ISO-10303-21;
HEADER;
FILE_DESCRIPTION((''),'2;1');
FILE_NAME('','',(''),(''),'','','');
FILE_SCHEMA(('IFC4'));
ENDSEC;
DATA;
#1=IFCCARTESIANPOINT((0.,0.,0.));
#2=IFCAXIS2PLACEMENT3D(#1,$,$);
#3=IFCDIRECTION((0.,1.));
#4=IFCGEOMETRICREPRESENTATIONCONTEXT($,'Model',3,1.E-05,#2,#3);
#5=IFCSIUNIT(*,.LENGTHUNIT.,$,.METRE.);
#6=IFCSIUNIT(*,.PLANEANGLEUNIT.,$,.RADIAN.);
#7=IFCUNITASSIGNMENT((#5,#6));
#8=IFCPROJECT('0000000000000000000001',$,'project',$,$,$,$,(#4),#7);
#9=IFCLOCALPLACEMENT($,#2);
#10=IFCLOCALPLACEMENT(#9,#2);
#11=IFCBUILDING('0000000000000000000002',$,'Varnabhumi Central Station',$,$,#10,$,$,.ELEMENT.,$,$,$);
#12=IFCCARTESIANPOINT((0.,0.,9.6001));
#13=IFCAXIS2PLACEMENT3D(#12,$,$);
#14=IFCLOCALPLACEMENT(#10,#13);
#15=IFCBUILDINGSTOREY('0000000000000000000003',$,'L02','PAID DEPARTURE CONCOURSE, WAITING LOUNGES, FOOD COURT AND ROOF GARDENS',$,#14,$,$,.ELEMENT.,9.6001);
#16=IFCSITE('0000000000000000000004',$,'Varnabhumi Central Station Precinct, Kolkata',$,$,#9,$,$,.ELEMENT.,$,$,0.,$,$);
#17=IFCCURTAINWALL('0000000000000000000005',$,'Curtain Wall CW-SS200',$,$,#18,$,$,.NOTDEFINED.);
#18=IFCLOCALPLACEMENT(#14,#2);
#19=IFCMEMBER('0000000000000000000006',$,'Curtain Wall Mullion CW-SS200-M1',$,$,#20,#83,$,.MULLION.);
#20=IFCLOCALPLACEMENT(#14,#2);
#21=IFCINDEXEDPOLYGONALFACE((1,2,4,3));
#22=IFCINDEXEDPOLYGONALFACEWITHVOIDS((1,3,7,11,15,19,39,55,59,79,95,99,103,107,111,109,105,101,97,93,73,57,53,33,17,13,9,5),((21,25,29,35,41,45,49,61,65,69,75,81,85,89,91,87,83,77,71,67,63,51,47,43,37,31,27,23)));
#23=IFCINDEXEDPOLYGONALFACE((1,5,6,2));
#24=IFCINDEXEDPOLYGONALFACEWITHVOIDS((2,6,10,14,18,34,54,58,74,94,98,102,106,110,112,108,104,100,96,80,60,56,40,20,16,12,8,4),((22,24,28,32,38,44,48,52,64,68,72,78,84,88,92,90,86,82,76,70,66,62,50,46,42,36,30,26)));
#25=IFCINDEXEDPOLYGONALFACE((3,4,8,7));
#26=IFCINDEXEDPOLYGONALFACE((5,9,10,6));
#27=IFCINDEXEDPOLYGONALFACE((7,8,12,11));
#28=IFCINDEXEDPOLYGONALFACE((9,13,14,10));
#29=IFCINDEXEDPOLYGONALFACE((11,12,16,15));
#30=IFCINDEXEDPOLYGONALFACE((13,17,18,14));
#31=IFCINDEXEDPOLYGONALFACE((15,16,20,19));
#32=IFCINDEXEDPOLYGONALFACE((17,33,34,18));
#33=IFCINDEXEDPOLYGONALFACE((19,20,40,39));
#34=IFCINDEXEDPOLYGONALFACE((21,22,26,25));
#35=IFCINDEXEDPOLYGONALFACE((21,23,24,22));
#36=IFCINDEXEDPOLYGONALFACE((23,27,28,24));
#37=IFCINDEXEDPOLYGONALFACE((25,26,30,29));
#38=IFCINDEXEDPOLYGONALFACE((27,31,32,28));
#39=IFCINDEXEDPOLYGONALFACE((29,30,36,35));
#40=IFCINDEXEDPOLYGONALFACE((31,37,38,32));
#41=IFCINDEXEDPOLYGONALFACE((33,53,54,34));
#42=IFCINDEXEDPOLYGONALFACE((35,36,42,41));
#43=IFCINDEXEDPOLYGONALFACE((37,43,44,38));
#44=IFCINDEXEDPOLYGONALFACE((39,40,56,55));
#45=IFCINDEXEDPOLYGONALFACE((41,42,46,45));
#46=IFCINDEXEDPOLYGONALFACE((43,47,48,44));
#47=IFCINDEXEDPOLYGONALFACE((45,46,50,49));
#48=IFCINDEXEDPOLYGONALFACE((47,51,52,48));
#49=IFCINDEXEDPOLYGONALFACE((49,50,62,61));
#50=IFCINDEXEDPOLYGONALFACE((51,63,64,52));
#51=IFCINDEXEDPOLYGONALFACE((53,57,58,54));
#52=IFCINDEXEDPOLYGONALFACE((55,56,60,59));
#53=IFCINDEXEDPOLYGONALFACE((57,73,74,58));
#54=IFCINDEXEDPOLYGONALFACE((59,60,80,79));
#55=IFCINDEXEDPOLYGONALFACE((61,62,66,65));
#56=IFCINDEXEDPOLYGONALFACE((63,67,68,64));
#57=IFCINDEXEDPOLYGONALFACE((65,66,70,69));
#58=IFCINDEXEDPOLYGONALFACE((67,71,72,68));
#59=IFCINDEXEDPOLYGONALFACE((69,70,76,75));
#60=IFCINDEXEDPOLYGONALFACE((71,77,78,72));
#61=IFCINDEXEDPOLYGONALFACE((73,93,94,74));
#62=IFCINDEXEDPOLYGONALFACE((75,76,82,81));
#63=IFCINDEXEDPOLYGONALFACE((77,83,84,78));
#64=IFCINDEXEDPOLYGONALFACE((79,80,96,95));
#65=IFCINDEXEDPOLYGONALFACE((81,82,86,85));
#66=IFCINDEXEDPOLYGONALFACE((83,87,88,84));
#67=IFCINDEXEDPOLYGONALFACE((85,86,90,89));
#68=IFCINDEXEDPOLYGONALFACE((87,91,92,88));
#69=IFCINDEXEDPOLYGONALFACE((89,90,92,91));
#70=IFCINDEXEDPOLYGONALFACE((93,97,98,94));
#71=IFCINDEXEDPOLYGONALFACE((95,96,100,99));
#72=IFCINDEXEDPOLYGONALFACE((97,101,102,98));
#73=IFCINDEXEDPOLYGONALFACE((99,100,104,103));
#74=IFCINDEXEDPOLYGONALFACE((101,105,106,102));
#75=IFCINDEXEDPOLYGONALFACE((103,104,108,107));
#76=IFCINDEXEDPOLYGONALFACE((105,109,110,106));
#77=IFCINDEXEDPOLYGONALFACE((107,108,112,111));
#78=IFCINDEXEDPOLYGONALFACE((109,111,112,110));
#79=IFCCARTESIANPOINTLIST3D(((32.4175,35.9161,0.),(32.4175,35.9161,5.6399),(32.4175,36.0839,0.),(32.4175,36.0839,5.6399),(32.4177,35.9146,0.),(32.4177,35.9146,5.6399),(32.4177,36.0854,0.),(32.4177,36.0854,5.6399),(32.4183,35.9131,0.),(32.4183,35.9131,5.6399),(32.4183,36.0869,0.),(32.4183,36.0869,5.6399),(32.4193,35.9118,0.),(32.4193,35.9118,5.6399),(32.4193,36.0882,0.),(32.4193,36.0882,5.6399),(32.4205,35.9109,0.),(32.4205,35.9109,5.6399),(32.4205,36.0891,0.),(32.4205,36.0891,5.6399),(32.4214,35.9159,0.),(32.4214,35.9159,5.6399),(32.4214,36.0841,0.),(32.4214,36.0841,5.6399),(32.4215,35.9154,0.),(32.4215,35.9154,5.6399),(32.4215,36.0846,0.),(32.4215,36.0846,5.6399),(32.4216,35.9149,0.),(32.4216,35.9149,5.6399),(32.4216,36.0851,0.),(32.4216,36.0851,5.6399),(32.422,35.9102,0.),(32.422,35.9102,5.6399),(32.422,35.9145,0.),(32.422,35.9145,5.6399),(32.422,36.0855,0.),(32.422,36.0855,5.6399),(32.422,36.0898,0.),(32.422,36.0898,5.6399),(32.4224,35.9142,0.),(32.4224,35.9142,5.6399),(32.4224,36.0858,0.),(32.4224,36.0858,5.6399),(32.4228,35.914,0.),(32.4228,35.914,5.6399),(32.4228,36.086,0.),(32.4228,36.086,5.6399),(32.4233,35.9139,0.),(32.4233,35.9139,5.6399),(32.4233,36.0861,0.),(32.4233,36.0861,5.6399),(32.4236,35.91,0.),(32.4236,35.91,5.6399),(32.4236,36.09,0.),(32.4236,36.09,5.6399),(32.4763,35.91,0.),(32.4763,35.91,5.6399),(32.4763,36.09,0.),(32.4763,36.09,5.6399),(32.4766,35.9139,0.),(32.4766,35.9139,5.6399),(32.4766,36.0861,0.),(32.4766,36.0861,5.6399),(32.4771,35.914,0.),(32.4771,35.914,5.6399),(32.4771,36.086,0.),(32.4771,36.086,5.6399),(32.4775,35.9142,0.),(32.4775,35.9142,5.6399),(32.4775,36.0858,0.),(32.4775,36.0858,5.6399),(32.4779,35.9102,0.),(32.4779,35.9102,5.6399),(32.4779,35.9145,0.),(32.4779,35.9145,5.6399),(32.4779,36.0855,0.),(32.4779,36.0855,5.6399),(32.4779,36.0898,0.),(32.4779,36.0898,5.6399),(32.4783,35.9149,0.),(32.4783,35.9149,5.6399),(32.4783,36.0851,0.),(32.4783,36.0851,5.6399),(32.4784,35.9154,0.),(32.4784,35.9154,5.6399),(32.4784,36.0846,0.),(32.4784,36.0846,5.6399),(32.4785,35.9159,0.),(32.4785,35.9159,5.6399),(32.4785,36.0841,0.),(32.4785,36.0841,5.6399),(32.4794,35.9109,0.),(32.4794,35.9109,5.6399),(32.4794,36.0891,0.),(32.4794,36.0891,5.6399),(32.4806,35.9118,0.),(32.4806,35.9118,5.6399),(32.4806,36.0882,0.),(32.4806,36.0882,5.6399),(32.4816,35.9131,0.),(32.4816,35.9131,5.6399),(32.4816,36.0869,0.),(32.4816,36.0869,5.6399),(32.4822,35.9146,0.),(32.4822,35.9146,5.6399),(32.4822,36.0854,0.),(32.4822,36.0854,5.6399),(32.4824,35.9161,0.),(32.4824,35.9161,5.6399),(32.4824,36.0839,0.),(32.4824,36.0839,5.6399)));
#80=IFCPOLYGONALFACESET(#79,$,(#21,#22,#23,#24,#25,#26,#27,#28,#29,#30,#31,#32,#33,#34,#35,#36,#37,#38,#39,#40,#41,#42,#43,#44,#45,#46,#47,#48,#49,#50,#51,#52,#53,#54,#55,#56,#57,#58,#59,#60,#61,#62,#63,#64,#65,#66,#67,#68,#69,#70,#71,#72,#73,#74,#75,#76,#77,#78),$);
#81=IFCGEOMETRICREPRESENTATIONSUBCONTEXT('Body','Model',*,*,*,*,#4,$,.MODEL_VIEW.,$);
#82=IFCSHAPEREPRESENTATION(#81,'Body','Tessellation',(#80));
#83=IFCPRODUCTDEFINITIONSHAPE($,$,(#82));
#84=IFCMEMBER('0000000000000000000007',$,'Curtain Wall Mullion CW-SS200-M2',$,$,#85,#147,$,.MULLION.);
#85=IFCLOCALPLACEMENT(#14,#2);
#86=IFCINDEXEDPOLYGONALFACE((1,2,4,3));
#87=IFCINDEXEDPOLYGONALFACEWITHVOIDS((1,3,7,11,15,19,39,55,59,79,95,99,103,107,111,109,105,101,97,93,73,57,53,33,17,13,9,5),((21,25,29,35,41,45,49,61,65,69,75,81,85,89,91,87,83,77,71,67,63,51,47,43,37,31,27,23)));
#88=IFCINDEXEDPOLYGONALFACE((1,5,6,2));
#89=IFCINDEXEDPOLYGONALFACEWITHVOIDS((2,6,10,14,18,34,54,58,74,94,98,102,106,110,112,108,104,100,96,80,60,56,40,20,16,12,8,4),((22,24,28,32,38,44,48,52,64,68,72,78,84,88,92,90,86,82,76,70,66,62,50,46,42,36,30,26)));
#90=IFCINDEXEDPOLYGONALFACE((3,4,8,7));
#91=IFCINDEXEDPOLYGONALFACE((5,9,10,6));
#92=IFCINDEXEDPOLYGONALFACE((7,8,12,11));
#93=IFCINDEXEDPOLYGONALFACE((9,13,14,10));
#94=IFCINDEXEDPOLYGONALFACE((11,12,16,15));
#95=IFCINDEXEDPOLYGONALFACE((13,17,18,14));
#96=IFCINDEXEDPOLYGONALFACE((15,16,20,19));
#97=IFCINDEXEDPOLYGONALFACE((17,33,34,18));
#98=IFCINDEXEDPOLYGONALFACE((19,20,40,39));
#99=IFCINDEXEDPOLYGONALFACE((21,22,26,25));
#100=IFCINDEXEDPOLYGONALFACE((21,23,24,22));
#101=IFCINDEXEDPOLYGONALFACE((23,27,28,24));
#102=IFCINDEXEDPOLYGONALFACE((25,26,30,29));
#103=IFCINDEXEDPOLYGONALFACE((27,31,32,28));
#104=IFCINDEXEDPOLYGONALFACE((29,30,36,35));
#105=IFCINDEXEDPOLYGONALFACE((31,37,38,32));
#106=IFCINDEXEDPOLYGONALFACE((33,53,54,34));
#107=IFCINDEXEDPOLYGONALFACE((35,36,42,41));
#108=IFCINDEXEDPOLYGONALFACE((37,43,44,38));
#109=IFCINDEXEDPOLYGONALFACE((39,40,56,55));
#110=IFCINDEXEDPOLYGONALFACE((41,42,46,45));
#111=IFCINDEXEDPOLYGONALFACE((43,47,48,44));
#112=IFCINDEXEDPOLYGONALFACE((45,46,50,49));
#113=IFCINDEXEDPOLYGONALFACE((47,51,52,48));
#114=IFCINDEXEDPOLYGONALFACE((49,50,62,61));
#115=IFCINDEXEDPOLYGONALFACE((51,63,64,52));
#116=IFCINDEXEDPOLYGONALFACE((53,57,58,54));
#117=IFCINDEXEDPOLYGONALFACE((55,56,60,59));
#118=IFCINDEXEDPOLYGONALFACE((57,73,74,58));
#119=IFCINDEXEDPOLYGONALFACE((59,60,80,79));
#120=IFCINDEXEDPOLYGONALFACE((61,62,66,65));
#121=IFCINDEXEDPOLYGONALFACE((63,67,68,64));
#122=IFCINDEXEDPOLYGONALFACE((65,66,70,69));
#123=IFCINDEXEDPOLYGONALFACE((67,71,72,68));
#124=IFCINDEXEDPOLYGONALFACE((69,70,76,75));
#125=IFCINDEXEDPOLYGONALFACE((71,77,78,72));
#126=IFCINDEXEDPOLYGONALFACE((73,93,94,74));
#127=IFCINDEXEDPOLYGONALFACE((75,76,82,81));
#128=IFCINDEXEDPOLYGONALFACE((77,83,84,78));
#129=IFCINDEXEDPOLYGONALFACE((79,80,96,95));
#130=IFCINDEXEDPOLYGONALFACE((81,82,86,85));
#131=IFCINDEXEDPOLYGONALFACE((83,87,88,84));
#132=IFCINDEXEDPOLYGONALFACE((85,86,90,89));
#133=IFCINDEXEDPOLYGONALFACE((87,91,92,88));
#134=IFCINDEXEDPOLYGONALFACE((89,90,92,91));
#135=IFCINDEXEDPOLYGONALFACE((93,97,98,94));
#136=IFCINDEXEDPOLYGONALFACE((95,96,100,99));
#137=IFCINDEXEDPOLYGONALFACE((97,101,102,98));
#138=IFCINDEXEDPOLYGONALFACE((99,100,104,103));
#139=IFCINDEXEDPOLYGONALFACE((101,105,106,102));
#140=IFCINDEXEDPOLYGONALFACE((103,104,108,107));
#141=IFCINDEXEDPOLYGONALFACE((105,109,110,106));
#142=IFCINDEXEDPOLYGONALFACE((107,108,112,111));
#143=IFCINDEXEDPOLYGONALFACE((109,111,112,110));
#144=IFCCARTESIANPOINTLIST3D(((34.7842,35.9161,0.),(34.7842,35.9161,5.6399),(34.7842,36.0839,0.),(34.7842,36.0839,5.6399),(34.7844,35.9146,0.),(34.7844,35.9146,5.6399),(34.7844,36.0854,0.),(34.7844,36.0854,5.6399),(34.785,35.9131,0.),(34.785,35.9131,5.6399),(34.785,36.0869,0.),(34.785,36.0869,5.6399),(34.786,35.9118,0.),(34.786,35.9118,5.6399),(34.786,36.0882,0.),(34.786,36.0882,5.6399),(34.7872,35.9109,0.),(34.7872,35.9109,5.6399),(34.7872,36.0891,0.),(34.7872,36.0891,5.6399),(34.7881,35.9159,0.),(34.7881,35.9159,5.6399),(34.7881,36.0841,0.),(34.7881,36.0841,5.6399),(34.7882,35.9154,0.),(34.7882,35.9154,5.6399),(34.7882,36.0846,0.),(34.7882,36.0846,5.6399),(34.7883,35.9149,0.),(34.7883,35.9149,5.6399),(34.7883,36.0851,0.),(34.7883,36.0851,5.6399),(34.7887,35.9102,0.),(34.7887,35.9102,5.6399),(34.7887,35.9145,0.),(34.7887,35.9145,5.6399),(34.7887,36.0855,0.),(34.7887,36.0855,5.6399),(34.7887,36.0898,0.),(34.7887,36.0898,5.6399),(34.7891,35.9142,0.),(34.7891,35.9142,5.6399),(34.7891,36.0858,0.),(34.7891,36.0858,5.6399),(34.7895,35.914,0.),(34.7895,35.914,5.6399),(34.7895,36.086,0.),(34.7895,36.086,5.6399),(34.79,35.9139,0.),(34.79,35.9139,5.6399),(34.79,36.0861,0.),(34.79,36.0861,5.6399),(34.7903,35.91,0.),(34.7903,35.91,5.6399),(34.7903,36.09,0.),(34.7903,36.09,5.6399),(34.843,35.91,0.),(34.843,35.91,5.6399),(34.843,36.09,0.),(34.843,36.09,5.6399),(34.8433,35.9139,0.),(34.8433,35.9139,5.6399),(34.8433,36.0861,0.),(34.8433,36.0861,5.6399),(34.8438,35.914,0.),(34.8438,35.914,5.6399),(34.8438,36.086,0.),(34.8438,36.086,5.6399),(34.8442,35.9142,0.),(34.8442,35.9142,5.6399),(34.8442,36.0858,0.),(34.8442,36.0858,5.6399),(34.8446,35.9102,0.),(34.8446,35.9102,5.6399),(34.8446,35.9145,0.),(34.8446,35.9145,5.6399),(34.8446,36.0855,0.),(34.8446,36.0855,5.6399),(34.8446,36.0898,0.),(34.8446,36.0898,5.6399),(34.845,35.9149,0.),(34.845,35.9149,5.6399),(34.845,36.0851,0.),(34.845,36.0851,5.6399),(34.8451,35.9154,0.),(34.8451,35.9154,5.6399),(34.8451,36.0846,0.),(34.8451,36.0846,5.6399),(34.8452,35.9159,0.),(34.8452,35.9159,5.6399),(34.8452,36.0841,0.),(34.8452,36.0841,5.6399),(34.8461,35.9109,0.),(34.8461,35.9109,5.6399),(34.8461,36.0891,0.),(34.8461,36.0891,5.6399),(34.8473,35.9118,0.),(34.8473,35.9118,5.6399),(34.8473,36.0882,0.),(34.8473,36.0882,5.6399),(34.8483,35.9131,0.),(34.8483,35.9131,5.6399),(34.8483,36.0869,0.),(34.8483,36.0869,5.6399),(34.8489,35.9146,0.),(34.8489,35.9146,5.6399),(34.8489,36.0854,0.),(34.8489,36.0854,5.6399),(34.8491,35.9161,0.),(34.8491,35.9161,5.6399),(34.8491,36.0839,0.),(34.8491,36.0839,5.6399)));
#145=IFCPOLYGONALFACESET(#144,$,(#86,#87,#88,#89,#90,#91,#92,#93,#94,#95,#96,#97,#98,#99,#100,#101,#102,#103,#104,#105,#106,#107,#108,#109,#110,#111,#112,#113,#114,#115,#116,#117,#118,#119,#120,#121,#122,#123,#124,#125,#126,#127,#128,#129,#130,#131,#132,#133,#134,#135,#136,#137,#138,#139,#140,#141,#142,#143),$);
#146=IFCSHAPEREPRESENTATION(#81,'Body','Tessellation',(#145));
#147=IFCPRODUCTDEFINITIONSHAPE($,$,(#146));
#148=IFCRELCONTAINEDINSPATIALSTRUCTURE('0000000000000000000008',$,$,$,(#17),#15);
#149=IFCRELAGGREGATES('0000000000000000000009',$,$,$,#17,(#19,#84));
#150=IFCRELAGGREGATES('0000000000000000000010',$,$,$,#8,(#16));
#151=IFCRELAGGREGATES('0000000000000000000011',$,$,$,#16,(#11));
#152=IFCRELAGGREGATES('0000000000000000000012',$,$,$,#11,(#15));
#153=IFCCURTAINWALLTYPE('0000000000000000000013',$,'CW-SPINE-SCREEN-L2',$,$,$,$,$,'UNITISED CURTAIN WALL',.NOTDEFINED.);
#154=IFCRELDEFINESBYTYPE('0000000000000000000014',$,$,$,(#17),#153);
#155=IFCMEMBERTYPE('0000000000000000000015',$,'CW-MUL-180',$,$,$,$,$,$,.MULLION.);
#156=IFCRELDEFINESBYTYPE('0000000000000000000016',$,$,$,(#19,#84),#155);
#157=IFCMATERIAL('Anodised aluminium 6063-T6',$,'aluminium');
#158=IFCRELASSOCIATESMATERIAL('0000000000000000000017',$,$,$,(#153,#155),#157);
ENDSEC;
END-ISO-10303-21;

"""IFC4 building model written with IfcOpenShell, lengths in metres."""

from ifc_helpers import new_model, si_unit, direction, frame, origin, origin_2d, place, context, subcontext, project, spatial, hollow_rectangle, extrude, material, material_profile, profile_set, type_object, element, aggregate, save


model = new_model("IFC4")

# Units and contexts
model_context = context("Model", 3, precision=1e-05, world=origin(), true_north=direction((0.0, 1.0)))
body_context = subcontext(model_context, "Body", "Model", "MODEL_VIEW")
ifc_project = project(units=[si_unit("LENGTHUNIT", "METRE"), si_unit("PLANEANGLEUNIT", "RADIAN")], contexts=[model_context])

# Site, building, storey
site_placement = place(None, origin())
site = spatial("IfcSite", under=ifc_project, at=site_placement, Name="Varnabhumi Central Station Precinct, Kolkata", CompositionType="ELEMENT", RefElevation=0.0)
building_placement = place(site_placement, origin())
building = spatial("IfcBuilding", under=site, at=building_placement, Name="Varnabhumi Central Station", CompositionType="ELEMENT")
storey_placement = place(building_placement, frame((0.0, 0.0, 9.6001)))
storey = spatial("IfcBuildingStorey", under=building, at=storey_placement, Name="L02", Description="PAID DEPARTURE CONCOURSE, WAITING LOUNGES, FOOD COURT AND ROOF GARDENS", CompositionType="ELEMENT", Elevation=9.6001)

# Curtain wall, members
ifc_material_1 = material(Name="Anodised aluminium 6063-T6", Category="aluminium")
curtain_wall_type = type_object("IfcCurtainWallType", Name="CW-SPINE-SCREEN-L2", ElementType="UNITISED CURTAIN WALL", PredefinedType="NOTDEFINED", material=ifc_material_1)
curtain_wall_placement = place(storey_placement, origin())
curtain_wall = element("IfcCurtainWall", 1, at=curtain_wall_placement, inside=storey, type_object=curtain_wall_type, Name="Curtain Wall CW-SS200", PredefinedType="NOTDEFINED")
ifc_material_profile_1 = material_profile(ifc_material_1, hollow_rectangle(XDim=0.0649, YDim=0.1799, WallThickness=0.0039, InnerFilletRadius=0.002, OuterFilletRadius=0.0061, at=origin_2d()), Name="Anodised aluminium 6063-T6", Category="aluminium")
ifc_profile_set_1 = profile_set([ifc_material_profile_1], Name="Anodised aluminium 6063-T6")
member_type_1 = type_object("IfcMemberType", Name="CW-MUL-180", PredefinedType="MULLION", material=ifc_profile_set_1)
member_1_placement = place(storey_placement, frame((32.45, 36.0, 0.0), z_axis=(0.0, 0.0, 1.0), x_axis=(1.0, 0.0, 0.0)))
member_1 = element("IfcMember", 2, at=member_1_placement, type_object=member_type_1, Name="Curtain Wall Mullion CW-SS200-M1", PredefinedType="MULLION", context=body_context, shape_type="SweptSolid", body=[
    extrude(hollow_rectangle(XDim=0.0649, YDim=0.1799, WallThickness=0.0039, InnerFilletRadius=0.002, OuterFilletRadius=0.0061, at=origin_2d()), origin(), (0.0, 0.0, 1.0), 5.6399),
])
member_2_placement = place(storey_placement, frame((34.8167, 36.0, 0.0), z_axis=(0.0, 0.0, 1.0), x_axis=(1.0, 0.0, 0.0)))
member_2 = element("IfcMember", 3, at=member_2_placement, type_object=member_type_1, Name="Curtain Wall Mullion CW-SS200-M2", PredefinedType="MULLION", context=body_context, shape_type="SweptSolid", body=[
    extrude(hollow_rectangle(XDim=0.0649, YDim=0.1799, WallThickness=0.0039, InnerFilletRadius=0.002, OuterFilletRadius=0.0061, at=origin_2d()), origin(), (0.0, 0.0, 1.0), 5.6399),
])

aggregate(curtain_wall, [member_1, member_2])

save(model, "model.ifc")
